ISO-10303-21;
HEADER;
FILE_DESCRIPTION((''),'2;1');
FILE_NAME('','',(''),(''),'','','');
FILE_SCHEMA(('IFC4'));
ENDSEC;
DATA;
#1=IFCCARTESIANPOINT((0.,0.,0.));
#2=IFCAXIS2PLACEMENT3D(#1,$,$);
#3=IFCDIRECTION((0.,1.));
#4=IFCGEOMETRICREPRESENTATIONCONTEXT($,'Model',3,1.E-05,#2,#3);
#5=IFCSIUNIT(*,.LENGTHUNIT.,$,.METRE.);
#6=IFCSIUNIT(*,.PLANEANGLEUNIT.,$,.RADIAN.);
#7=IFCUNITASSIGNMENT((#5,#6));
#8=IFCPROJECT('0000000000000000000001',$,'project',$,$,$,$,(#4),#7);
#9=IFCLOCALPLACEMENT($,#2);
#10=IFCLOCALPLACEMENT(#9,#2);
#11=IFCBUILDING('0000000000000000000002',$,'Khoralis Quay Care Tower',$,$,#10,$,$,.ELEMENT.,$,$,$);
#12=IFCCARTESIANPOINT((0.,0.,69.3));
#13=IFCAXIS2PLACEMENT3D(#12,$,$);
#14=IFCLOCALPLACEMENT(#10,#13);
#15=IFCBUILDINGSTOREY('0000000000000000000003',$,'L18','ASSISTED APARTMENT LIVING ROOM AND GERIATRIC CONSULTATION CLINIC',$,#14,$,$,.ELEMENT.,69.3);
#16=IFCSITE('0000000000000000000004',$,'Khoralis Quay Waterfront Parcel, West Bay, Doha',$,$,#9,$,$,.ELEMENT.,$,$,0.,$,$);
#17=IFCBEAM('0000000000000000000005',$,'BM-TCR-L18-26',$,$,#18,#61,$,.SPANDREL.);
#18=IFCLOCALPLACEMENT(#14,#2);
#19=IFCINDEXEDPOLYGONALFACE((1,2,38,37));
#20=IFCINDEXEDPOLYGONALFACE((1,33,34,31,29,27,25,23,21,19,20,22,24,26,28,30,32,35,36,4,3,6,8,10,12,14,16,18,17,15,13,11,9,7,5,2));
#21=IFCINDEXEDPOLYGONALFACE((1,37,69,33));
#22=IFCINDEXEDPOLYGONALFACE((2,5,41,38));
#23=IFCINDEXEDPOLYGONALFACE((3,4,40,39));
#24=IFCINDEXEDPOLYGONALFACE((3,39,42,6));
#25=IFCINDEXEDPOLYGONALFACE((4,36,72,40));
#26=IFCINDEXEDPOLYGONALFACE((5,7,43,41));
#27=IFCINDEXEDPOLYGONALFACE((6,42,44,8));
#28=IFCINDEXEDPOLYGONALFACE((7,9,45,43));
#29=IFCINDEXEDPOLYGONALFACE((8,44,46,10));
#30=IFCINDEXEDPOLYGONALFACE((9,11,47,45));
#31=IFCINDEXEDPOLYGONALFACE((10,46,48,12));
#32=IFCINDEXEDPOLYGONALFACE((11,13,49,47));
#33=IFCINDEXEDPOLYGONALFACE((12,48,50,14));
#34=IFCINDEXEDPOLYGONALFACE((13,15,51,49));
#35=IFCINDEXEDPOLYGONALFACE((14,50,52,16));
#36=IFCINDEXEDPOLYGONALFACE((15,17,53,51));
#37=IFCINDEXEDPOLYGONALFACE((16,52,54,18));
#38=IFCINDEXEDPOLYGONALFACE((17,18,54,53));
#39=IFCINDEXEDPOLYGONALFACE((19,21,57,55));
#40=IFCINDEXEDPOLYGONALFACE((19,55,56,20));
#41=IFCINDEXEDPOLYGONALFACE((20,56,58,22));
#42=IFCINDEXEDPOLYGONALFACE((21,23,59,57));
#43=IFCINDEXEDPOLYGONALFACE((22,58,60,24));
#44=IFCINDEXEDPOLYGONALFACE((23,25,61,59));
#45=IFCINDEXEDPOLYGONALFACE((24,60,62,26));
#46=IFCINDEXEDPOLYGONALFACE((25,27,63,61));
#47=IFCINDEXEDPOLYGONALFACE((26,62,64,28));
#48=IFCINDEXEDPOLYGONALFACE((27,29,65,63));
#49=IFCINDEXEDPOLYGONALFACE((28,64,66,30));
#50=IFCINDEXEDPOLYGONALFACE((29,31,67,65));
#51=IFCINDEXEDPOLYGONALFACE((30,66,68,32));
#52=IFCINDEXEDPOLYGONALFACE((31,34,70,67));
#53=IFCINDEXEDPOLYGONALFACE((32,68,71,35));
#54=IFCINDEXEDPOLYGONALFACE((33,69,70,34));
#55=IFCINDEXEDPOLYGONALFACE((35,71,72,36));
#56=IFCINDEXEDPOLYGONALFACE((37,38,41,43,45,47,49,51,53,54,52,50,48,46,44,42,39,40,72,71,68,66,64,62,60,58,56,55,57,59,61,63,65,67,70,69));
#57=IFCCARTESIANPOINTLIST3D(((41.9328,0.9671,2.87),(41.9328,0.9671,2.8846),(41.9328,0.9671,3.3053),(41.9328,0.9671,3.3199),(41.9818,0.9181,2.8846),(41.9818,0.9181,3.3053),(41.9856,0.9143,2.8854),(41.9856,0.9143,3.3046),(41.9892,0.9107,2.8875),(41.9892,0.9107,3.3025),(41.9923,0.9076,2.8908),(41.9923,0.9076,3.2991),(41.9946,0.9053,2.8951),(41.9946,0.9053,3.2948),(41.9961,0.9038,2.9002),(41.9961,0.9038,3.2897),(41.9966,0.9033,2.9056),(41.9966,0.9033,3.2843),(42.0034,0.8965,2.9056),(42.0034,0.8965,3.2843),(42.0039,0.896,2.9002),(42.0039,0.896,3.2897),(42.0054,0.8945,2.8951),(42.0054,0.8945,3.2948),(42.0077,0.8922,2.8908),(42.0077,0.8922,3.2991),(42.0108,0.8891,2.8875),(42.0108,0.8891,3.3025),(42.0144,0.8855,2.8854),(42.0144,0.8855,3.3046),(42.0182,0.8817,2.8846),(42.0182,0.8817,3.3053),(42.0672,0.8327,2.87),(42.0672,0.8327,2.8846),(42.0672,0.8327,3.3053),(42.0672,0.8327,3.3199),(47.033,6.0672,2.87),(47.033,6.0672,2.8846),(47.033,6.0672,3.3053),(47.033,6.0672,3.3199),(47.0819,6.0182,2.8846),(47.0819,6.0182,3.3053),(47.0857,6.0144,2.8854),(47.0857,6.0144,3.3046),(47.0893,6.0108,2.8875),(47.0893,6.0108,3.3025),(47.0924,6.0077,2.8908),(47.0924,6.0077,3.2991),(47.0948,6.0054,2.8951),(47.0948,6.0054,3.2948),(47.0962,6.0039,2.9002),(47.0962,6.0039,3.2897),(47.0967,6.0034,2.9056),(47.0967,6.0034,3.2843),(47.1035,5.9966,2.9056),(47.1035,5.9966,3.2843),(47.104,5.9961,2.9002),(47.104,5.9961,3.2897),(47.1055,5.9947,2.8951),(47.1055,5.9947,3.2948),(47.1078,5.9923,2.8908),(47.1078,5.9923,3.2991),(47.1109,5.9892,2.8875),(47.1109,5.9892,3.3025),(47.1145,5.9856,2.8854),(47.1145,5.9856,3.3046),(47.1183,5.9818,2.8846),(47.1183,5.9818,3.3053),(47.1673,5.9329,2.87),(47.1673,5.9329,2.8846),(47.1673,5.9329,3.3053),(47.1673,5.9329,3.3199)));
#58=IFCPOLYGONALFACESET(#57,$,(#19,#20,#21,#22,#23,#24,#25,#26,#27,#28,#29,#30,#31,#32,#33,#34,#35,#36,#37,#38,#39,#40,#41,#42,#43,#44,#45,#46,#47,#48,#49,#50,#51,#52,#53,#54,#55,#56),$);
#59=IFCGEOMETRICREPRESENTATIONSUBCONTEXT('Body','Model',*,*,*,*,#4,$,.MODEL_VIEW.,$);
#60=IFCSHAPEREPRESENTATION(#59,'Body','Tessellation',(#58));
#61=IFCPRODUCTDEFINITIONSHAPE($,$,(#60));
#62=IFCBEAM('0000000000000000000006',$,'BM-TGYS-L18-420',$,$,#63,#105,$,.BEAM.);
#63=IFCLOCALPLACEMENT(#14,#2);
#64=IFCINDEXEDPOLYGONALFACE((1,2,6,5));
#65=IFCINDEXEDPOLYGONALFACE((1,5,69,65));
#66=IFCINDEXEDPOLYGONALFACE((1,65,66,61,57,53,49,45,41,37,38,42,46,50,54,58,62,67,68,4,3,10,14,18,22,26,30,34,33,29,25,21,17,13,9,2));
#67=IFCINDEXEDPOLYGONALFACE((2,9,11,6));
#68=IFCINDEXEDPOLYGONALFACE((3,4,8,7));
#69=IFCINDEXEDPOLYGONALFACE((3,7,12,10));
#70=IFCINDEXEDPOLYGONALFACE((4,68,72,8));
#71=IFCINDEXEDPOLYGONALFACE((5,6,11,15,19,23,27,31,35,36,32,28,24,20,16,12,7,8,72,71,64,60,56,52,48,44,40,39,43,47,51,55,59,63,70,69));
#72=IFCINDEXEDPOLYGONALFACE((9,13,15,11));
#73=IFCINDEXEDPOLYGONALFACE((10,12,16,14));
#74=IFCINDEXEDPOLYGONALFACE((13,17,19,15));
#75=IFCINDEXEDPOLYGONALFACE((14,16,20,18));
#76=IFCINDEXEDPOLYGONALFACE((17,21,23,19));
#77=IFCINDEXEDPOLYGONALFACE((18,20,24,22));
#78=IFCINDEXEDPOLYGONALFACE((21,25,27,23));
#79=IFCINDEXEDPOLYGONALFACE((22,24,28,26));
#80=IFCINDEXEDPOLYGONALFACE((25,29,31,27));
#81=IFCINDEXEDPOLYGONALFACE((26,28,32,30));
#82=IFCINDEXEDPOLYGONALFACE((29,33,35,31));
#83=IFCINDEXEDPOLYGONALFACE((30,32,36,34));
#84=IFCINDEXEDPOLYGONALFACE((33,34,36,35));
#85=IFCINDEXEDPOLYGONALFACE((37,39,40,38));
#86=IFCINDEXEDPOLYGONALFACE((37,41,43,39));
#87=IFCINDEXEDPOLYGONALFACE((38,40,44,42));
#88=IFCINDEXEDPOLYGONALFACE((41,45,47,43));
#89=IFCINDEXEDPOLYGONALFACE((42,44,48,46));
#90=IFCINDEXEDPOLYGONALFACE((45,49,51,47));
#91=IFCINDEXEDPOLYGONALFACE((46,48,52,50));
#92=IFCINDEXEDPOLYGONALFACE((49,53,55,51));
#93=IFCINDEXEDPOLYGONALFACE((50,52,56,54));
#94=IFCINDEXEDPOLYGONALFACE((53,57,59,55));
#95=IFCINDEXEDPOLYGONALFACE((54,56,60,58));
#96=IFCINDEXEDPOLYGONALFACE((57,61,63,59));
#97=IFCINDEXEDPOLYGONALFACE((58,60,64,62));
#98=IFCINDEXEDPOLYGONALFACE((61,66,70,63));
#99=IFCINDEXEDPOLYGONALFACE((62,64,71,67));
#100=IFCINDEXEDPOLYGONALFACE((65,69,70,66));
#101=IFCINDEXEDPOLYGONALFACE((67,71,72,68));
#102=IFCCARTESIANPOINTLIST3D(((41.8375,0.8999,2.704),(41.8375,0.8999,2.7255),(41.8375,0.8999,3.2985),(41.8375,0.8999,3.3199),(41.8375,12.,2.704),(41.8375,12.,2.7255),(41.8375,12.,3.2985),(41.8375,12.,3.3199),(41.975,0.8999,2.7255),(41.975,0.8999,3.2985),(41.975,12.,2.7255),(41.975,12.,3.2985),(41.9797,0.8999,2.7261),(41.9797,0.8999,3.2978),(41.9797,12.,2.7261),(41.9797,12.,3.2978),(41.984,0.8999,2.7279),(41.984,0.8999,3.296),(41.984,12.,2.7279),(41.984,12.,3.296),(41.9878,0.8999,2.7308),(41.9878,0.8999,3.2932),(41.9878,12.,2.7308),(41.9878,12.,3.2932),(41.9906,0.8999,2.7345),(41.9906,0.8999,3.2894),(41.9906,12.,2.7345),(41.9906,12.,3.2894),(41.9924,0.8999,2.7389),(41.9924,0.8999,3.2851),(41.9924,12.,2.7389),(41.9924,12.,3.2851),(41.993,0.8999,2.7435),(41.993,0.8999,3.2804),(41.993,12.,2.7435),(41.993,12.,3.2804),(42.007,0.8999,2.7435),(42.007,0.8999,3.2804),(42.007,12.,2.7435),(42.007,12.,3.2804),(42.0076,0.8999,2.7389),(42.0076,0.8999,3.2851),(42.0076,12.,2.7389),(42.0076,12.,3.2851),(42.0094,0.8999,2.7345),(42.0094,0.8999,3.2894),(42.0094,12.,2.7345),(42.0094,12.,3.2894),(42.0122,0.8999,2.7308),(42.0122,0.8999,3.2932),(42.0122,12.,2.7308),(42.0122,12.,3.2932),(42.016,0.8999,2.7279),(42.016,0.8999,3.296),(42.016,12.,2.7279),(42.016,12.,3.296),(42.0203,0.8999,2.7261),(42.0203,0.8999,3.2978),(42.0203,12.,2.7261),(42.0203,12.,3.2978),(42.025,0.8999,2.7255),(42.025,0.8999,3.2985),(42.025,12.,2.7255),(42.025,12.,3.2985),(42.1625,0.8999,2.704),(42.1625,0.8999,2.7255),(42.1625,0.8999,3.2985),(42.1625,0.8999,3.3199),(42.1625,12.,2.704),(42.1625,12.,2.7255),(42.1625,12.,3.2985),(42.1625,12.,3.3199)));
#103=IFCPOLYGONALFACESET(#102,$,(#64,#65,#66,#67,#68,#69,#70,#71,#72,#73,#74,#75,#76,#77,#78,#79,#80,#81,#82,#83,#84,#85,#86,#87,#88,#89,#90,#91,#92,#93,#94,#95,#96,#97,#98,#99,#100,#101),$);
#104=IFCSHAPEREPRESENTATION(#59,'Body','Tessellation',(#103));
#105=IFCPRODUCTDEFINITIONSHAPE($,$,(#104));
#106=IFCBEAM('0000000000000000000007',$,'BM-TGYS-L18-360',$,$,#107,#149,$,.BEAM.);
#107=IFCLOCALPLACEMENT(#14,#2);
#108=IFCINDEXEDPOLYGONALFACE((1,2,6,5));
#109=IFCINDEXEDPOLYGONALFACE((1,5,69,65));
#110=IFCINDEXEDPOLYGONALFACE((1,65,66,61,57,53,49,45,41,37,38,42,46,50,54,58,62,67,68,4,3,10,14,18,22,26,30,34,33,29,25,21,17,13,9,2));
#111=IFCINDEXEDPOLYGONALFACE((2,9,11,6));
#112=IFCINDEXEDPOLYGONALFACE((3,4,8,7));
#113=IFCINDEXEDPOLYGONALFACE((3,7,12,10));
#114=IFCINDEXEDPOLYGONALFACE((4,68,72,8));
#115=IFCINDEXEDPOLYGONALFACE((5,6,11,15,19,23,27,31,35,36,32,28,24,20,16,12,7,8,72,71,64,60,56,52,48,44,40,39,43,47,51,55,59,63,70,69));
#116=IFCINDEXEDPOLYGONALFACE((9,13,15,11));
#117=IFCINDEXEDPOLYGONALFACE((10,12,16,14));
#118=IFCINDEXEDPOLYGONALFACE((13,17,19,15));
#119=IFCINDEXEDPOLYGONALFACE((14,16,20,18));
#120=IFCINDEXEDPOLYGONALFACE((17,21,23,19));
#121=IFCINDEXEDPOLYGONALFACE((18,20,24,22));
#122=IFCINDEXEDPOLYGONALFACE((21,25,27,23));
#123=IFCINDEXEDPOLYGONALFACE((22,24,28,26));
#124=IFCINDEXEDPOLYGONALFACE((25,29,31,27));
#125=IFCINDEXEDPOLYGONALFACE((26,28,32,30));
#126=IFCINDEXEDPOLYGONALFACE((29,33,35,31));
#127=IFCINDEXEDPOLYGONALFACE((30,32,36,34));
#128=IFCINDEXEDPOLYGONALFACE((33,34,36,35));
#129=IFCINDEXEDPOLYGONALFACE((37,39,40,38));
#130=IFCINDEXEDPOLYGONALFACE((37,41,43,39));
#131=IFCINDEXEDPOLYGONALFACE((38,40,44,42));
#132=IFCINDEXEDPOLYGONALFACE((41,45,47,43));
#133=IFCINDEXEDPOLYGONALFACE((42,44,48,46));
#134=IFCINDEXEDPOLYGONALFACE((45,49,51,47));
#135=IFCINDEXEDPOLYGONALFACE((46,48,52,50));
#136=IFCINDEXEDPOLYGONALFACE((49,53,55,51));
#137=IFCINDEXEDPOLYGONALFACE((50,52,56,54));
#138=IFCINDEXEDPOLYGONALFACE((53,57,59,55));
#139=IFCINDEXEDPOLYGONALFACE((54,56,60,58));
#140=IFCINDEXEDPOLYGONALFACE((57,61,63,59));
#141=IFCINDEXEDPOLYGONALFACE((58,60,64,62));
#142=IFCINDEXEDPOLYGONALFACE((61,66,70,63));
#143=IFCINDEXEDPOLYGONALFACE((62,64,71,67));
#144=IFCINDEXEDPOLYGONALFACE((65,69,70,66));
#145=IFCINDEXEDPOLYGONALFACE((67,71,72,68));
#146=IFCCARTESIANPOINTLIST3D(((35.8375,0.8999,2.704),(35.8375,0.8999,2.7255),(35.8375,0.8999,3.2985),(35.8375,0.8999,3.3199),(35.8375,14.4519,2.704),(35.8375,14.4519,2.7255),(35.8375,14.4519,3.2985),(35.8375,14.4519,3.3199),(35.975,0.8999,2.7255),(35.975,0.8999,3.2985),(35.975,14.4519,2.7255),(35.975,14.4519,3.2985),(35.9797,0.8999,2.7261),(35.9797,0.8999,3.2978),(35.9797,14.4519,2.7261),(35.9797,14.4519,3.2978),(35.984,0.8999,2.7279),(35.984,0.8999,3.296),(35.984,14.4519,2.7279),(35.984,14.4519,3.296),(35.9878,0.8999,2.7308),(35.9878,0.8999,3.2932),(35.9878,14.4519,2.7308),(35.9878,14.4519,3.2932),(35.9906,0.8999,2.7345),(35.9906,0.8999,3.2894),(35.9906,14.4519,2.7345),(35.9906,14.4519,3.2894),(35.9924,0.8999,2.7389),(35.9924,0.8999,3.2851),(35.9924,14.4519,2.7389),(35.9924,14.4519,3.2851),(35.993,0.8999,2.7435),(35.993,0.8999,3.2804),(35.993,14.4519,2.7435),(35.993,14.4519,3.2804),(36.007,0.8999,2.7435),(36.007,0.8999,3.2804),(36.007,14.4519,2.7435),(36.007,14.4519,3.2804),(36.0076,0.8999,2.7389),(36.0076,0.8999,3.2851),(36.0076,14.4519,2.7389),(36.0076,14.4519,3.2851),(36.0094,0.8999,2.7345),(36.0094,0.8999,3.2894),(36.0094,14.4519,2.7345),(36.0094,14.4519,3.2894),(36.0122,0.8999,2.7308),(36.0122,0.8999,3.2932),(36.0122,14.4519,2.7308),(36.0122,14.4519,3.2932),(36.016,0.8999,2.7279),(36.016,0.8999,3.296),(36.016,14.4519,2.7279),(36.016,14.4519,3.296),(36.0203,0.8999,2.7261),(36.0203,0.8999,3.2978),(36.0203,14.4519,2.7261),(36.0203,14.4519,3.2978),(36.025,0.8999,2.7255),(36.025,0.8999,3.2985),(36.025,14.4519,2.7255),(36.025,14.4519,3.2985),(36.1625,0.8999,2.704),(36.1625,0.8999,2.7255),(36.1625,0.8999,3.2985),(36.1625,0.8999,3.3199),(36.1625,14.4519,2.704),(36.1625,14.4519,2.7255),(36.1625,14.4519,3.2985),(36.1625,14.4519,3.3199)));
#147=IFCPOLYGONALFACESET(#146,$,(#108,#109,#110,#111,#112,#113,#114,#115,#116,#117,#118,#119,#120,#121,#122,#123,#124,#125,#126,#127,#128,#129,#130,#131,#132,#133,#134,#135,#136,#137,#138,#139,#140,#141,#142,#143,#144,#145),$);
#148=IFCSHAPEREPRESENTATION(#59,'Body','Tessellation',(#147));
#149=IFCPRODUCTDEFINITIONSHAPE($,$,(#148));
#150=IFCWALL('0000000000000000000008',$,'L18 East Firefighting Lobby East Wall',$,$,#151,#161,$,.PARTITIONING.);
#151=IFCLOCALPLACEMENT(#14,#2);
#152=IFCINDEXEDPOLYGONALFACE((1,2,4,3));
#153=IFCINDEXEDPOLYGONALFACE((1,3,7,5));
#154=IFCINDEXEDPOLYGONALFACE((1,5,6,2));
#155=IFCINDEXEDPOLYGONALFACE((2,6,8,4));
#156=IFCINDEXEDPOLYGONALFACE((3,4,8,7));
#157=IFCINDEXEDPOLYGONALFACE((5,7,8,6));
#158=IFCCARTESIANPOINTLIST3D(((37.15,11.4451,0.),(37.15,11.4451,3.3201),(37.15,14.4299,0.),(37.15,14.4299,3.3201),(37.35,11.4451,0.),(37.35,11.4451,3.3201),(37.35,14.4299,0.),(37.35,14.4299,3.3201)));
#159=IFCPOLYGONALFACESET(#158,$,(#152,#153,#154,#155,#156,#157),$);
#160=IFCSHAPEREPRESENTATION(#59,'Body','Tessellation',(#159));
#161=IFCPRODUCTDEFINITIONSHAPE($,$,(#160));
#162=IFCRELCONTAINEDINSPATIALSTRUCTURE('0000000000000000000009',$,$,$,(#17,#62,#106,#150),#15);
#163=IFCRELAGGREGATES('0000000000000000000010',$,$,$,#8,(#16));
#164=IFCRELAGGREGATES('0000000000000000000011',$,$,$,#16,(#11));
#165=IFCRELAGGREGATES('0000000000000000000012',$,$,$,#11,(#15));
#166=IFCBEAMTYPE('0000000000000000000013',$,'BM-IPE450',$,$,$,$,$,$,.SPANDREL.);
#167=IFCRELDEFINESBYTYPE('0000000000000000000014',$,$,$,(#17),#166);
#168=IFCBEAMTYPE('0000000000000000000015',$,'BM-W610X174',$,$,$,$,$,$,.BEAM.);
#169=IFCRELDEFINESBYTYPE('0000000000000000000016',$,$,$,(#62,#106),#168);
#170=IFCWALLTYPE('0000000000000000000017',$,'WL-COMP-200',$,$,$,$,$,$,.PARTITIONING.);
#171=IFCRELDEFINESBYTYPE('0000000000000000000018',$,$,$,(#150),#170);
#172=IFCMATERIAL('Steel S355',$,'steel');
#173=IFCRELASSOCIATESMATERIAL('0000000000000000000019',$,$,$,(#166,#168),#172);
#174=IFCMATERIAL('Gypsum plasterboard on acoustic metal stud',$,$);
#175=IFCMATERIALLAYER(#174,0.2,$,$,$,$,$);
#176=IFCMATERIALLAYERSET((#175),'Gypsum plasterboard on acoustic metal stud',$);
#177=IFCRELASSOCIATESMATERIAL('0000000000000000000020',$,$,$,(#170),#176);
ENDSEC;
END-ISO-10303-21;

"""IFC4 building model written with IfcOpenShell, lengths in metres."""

from ifc_helpers import new_model, si_unit, direction, frame, frame_2d, origin, origin_2d, place, context, subcontext, project, spatial, rectangle, i_section, extrude, source, transform, mapped, material, layer, layer_set, material_profile, profile_set, type_object, element, save


model = new_model("IFC4")

# Units and contexts
model_context = context("Model", 3, precision=1e-05, world=origin(), true_north=direction((0.0, 1.0)))
body_context = subcontext(model_context, "Body", "Model", "MODEL_VIEW")
ifc_project = project(units=[si_unit("LENGTHUNIT", "METRE"), si_unit("PLANEANGLEUNIT", "RADIAN")], contexts=[model_context])

# Site, building, storey
site_placement = place(None, origin())
site = spatial("IfcSite", under=ifc_project, at=site_placement, Name="Khoralis Quay Waterfront Parcel, West Bay, Doha", CompositionType="ELEMENT", RefElevation=0.0)
building_placement = place(site_placement, origin())
building = spatial("IfcBuilding", under=site, at=building_placement, Name="Khoralis Quay Care Tower", CompositionType="ELEMENT")
storey_placement = place(building_placement, frame((0.0, 0.0, 69.3)))
storey = spatial("IfcBuildingStorey", under=building, at=storey_placement, Name="L18", Description="ASSISTED APARTMENT LIVING ROOM AND GERIATRIC CONSULTATION CLINIC", CompositionType="ELEMENT", Elevation=69.3)

# Beams
ifc_material_1 = material(Name="Steel S355", Category="steel")
ifc_material_profile_1 = material_profile(ifc_material_1, i_section(OverallWidth=0.1899, OverallDepth=0.45, WebThickness=0.0095, FlangeThickness=0.0146, FilletRadius=0.021, at=origin_2d()), Name="Steel S355")
ifc_profile_set_1 = profile_set([ifc_material_profile_1], Name="Steel S355")
beam_type_1 = type_object("IfcBeamType", Name="BM-IPE450", PredefinedType="SPANDREL", material=ifc_profile_set_1)
shared_shape_1 = source(origin(), body_context, "Body", "SweptSolid", [
    extrude(i_section(OverallWidth=0.1899, OverallDepth=0.45, WebThickness=0.0095, FlangeThickness=0.0146, FilletRadius=0.021, at=origin_2d()), origin(), (0.0, 0.0, 1.0), 7.2126),
])
beam_1_placement = place(storey_placement, frame((42.0, 0.8999, 3.095), z_axis=(0.707107, 0.707107, 0.0), x_axis=(-0.707107, 0.707107, 0.0)))
element("IfcBeam", 1, at=beam_1_placement, inside=storey, type_object=beam_type_1, Name="BM-TCR-L18-26", PredefinedType="SPANDREL", context=body_context, shape_type="MappedRepresentation", body=[
    mapped(shared_shape_1, transform((0.0, 0.0, 0.0), scale=1.0)),
])
ifc_material_profile_2 = material_profile(ifc_material_1, i_section(OverallWidth=0.325, OverallDepth=0.616, WebThickness=0.0139, FlangeThickness=0.0215, FilletRadius=0.0181, at=origin_2d()), Name="Steel S355")
ifc_profile_set_2 = profile_set([ifc_material_profile_2], Name="Steel S355")
beam_type_2 = type_object("IfcBeamType", Name="BM-W610X174", PredefinedType="BEAM", material=ifc_profile_set_2)
shared_shape_2 = source(origin(), body_context, "Body", "SweptSolid", [
    extrude(i_section(OverallWidth=0.325, OverallDepth=0.616, WebThickness=0.0139, FlangeThickness=0.0215, FilletRadius=0.0181, at=origin_2d()), origin(), (0.0, 0.0, 1.0), 11.1001),
])
beam_2_placement = place(storey_placement, frame((42.0, 0.8999, 3.012), z_axis=(0.0, 1.0, 0.0), x_axis=(-1.0, 0.0, 0.0)))
element("IfcBeam", 2, at=beam_2_placement, inside=storey, type_object=beam_type_2, Name="BM-TGYS-L18-420", PredefinedType="BEAM", context=body_context, shape_type="MappedRepresentation", body=[
    mapped(shared_shape_2, transform((0.0, 0.0, 0.0), scale=1.0)),
])
shared_shape_3 = source(origin(), body_context, "Body", "SweptSolid", [
    extrude(i_section(OverallWidth=0.325, OverallDepth=0.616, WebThickness=0.0139, FlangeThickness=0.0215, FilletRadius=0.0181, at=origin_2d()), origin(), (0.0, 0.0, 1.0), 13.552),
])
beam_3_placement = place(storey_placement, frame((36.0, 0.8999, 3.012), z_axis=(0.0, 1.0, 0.0), x_axis=(-1.0, 0.0, 0.0)))
element("IfcBeam", 3, at=beam_3_placement, inside=storey, type_object=beam_type_2, Name="BM-TGYS-L18-360", PredefinedType="BEAM", context=body_context, shape_type="MappedRepresentation", body=[
    mapped(shared_shape_3, transform((0.0, 0.0, 0.0), scale=1.0)),
])

# Wall
ifc_material_2 = material(Name="Gypsum plasterboard on acoustic metal stud")
ifc_layer_1 = layer(ifc_material_2, 0.2)
ifc_layer_set_1 = layer_set([ifc_layer_1], Name="Gypsum plasterboard on acoustic metal stud")
wall_type_1 = type_object("IfcWallType", Name="WL-COMP-200", PredefinedType="PARTITIONING", material=ifc_layer_set_1)
wall_1_placement = place(storey_placement, frame((37.25, 11.4451, 0.0), z_axis=(0.0, 0.0, 1.0), x_axis=(0.0, 1.0, 0.0)))
element("IfcWall", 4, at=wall_1_placement, inside=storey, type_object=wall_type_1, Name="L18 East Firefighting Lobby East Wall", PredefinedType="PARTITIONING", context=body_context, shape_type="SweptSolid", body=[
    extrude(rectangle(XDim=2.9849, YDim=0.2, at=frame_2d((1.4924, 0.0))), origin(), (0.0, 0.0, 1.0), 3.3201),
])

save(model, "model.ifc")
